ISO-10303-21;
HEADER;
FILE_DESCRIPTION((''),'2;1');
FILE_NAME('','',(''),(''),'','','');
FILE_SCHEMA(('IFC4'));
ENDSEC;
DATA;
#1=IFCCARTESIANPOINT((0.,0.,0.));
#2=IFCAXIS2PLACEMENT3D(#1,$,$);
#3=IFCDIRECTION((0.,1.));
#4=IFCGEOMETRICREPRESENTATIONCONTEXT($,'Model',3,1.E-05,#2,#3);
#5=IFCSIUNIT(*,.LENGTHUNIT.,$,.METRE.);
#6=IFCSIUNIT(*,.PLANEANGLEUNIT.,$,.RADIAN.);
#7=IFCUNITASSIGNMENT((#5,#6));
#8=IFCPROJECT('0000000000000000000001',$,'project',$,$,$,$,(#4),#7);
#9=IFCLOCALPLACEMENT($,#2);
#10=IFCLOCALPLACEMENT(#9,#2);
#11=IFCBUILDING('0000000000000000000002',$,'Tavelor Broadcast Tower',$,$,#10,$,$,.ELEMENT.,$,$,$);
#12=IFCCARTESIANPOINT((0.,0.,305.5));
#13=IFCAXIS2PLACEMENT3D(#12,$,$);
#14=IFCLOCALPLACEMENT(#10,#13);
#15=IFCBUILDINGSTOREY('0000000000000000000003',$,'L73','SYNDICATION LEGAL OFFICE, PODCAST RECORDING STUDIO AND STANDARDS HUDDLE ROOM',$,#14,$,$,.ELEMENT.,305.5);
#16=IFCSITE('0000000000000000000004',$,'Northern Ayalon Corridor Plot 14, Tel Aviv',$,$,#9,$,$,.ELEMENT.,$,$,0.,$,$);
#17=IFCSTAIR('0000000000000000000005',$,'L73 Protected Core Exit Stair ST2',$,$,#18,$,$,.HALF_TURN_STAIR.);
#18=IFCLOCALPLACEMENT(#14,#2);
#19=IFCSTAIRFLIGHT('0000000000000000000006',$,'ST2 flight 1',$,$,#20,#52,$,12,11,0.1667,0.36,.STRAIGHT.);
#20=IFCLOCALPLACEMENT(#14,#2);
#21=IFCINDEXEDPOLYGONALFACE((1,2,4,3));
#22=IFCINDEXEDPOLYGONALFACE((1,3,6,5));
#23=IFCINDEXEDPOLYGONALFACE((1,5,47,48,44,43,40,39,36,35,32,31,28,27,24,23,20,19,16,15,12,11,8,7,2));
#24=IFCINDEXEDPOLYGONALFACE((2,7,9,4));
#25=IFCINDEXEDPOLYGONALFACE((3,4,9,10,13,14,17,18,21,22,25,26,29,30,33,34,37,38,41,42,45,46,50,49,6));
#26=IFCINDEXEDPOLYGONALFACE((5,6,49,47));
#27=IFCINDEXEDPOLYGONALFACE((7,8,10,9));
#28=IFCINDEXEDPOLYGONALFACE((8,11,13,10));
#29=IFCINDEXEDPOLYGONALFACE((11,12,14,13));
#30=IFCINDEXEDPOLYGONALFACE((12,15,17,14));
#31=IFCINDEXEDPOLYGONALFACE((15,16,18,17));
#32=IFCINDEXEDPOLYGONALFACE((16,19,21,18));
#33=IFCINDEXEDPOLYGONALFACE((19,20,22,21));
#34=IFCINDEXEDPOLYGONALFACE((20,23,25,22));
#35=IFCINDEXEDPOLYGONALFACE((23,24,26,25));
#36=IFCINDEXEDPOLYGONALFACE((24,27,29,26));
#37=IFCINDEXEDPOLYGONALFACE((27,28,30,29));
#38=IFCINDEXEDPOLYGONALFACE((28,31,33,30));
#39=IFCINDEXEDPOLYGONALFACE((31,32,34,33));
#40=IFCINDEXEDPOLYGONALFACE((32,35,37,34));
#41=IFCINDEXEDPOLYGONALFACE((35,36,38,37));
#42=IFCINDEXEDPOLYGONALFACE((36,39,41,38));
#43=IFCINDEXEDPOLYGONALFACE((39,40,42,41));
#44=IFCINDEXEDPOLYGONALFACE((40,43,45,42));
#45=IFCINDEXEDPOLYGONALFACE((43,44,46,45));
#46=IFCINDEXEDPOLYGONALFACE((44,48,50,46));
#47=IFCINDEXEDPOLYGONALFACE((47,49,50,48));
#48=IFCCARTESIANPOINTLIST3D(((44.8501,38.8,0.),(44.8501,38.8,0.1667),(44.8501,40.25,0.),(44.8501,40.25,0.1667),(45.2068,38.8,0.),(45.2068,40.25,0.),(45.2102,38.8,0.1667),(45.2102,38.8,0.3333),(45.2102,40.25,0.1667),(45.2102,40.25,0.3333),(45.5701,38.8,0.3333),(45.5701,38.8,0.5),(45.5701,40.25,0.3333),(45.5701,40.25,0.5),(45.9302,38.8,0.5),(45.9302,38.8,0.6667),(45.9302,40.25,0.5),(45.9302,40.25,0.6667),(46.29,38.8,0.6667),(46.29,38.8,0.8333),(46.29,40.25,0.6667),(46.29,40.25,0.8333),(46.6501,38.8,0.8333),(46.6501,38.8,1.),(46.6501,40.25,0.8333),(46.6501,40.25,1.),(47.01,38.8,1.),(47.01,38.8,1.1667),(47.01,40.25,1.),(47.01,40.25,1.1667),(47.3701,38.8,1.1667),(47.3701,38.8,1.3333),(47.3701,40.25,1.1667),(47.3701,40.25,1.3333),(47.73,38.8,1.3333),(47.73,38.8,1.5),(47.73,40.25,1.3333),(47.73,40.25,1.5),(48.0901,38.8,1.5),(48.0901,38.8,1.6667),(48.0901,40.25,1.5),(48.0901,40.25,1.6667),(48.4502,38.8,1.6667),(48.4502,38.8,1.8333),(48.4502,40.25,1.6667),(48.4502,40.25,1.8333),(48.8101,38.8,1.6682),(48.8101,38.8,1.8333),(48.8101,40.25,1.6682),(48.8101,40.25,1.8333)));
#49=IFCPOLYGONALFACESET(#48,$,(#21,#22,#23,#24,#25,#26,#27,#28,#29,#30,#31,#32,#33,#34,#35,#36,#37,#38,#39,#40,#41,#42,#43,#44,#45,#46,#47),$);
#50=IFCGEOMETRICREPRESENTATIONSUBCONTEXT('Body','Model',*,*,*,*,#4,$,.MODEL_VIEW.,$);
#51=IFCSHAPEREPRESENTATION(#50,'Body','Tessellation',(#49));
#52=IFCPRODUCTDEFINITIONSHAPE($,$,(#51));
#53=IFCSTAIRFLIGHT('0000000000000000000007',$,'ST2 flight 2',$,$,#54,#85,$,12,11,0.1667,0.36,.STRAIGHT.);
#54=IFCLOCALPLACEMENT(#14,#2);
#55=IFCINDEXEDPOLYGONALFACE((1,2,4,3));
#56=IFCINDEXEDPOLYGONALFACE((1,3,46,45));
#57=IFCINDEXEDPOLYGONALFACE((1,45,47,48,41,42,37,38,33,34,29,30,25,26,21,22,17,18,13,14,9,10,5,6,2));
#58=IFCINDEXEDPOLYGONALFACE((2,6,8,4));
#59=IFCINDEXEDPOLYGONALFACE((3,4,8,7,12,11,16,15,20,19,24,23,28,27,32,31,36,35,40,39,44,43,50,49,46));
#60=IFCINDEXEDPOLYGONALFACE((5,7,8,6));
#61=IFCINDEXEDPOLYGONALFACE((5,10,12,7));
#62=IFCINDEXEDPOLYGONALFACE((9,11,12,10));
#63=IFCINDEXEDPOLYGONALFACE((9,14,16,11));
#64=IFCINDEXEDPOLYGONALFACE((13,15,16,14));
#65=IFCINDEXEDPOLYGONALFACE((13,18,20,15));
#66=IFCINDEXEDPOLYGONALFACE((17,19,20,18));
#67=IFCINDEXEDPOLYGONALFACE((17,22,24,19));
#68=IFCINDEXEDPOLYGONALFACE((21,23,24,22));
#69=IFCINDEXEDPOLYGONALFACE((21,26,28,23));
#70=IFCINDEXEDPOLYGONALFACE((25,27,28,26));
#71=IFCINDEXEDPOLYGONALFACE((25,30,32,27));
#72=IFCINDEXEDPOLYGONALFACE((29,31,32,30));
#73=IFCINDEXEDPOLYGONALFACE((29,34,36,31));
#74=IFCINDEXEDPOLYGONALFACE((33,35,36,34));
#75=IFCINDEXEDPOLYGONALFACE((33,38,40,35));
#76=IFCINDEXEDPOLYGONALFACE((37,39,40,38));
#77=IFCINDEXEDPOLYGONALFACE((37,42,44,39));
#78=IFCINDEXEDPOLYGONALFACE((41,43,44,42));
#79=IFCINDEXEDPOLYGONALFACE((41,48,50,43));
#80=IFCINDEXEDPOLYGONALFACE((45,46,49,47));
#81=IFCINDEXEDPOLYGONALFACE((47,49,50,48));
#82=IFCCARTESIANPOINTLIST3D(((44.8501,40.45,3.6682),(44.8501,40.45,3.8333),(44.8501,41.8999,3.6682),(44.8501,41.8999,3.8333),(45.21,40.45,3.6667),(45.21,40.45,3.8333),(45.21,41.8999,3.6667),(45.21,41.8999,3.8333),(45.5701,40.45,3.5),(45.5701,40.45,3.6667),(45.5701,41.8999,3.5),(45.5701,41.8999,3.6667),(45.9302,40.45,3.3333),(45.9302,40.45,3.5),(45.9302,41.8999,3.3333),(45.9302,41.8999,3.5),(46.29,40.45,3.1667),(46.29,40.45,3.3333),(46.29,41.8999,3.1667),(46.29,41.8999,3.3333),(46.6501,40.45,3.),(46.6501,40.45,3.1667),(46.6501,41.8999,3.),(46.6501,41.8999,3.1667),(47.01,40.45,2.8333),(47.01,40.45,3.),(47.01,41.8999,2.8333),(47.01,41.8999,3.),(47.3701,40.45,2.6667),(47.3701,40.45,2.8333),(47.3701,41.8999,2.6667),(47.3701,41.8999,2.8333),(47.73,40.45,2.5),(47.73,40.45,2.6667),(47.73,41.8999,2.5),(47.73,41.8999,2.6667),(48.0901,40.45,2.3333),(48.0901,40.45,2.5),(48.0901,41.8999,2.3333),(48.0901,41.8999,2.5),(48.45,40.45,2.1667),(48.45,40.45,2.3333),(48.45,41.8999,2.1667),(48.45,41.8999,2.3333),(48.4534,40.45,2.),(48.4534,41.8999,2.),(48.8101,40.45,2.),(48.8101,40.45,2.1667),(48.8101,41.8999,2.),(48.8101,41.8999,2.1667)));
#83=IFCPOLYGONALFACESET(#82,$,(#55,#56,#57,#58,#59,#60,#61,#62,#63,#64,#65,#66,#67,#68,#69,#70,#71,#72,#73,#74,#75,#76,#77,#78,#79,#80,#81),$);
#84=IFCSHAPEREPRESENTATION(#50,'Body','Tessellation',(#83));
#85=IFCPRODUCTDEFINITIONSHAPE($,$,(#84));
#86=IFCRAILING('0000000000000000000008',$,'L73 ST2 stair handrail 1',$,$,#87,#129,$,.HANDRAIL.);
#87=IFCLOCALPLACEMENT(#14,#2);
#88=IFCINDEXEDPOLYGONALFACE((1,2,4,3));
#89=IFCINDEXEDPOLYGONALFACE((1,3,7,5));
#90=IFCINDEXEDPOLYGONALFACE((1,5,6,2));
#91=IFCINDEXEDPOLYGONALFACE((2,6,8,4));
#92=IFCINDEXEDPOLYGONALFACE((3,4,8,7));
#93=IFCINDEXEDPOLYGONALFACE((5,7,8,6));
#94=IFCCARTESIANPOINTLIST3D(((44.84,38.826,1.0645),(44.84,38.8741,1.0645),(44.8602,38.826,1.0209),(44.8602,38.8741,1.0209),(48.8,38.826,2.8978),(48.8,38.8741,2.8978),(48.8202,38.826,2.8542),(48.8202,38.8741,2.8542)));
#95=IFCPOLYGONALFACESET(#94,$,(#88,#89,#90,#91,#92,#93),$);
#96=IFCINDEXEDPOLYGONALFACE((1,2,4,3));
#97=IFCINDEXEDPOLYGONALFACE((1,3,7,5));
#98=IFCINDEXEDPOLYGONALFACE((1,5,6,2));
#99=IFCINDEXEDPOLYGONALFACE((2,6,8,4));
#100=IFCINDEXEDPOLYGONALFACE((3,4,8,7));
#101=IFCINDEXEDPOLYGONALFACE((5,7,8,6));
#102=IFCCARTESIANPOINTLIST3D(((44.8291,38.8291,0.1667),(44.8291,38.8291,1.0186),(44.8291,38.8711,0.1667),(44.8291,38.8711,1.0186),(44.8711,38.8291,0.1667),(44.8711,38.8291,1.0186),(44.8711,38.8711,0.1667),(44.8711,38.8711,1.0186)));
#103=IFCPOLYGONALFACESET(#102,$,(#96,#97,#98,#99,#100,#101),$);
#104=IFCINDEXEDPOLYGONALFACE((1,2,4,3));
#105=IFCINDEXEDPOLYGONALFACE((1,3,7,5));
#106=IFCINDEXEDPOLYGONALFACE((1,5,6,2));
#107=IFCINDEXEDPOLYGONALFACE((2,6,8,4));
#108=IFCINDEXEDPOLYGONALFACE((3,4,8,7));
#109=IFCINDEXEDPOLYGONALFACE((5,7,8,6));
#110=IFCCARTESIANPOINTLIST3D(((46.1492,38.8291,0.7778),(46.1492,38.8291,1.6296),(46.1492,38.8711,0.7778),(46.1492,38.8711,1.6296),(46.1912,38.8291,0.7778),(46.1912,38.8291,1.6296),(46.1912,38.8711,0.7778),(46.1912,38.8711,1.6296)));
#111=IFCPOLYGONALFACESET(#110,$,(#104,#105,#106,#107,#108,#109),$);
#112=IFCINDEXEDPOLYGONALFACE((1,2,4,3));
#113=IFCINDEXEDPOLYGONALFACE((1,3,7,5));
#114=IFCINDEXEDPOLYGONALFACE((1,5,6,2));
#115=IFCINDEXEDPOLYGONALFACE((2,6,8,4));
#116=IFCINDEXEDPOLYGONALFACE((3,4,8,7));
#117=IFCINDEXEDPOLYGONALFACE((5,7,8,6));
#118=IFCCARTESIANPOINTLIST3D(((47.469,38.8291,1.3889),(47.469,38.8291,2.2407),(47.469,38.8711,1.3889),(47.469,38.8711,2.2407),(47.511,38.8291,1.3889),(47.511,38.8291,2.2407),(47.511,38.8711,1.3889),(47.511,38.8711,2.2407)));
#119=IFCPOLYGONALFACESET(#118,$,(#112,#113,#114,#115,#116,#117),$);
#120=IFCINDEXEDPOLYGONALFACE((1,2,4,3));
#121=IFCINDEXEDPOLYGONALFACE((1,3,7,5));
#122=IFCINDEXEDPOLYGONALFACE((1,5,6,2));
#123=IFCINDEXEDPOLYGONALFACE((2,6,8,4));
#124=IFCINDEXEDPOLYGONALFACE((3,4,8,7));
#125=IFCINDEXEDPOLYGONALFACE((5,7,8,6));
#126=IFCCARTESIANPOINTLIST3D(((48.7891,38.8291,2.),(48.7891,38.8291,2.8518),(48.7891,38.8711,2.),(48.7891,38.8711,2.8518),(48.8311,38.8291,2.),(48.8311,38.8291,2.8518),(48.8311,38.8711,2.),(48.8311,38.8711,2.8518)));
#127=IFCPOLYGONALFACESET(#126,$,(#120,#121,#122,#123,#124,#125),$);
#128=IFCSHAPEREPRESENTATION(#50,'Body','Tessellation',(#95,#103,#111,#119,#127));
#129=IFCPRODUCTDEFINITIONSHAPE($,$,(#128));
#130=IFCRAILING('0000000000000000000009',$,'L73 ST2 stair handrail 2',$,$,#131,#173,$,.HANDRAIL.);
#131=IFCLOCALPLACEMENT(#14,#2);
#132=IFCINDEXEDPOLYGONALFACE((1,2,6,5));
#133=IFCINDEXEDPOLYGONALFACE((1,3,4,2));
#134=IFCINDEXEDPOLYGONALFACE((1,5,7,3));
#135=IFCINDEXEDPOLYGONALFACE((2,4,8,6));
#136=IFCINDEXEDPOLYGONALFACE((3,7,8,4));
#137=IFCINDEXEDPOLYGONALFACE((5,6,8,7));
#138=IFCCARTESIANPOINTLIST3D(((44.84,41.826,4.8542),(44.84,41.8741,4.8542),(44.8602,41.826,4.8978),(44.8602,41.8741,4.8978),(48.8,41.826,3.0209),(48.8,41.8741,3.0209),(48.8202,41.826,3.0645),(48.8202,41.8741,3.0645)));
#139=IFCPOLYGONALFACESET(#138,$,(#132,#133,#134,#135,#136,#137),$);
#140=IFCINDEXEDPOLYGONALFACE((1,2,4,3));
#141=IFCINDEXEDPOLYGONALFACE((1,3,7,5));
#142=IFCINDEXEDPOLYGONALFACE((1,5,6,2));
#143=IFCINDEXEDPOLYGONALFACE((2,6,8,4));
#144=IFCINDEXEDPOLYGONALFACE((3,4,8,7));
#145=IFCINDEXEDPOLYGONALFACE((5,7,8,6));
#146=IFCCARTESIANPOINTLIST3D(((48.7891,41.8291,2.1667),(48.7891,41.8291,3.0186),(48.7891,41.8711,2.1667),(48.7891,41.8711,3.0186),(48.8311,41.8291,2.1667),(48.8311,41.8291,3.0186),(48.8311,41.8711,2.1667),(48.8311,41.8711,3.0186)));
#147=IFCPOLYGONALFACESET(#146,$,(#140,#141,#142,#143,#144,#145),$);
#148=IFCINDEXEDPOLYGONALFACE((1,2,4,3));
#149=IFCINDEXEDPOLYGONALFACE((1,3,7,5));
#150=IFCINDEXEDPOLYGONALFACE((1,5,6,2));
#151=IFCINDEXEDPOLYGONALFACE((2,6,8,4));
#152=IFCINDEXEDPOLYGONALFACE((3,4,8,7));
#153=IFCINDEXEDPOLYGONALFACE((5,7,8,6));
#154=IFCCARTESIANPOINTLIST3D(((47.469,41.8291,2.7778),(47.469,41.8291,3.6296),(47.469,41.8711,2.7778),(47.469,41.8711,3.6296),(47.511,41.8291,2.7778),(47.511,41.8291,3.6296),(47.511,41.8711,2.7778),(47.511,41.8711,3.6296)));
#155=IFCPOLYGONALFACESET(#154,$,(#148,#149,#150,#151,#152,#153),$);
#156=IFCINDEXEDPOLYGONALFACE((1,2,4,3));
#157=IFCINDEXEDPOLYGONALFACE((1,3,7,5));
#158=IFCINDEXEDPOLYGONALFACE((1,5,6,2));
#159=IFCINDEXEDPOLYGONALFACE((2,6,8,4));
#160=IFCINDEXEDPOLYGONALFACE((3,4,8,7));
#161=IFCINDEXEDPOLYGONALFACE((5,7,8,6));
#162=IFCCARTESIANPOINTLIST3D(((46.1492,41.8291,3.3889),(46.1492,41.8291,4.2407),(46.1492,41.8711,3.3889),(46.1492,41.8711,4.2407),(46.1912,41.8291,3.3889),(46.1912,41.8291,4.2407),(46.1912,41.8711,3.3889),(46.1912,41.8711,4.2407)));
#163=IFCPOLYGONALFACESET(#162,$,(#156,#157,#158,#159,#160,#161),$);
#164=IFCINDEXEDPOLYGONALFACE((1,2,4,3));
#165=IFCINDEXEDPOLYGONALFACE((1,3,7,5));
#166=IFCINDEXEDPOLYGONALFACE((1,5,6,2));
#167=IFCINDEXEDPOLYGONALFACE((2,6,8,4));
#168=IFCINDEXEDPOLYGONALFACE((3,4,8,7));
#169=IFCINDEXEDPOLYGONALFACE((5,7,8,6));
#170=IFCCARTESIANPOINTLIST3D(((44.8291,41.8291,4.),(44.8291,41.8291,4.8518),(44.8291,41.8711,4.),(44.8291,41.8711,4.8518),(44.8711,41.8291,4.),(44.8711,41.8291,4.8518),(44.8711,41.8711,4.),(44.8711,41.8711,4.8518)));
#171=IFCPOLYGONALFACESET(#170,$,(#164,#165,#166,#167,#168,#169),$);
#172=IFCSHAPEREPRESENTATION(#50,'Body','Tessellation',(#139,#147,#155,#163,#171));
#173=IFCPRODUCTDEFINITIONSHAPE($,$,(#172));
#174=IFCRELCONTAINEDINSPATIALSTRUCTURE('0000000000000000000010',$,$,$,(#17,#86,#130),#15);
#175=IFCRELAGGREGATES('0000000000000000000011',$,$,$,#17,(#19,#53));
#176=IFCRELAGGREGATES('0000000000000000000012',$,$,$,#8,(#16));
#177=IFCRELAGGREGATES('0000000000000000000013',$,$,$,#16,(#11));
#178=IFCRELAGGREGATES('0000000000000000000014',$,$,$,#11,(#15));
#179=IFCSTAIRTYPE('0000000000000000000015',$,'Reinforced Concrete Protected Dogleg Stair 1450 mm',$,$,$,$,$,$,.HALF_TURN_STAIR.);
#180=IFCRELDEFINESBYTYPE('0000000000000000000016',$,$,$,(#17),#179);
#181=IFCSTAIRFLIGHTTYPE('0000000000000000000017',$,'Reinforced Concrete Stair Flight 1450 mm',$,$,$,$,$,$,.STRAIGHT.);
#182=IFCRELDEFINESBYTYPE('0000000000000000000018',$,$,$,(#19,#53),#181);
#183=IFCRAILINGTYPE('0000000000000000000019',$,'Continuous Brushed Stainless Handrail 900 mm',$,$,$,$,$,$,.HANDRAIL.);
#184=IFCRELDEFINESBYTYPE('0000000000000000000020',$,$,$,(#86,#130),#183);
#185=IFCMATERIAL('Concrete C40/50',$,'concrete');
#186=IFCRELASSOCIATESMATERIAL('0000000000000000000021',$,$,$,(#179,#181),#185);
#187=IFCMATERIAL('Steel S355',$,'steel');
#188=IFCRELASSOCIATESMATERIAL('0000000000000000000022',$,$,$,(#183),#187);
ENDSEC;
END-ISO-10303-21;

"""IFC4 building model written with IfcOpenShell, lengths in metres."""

from ifc_helpers import new_model, si_unit, direction, frame, origin, origin_2d, place, context, subcontext, project, spatial, polyline, rectangle, outline, extrude, material, type_object, element, aggregate, save


model = new_model("IFC4")

# Units and contexts
model_context = context("Model", 3, precision=1e-05, world=origin(), true_north=direction((0.0, 1.0)))
body_context = subcontext(model_context, "Body", "Model", "MODEL_VIEW")
ifc_project = project(units=[si_unit("LENGTHUNIT", "METRE"), si_unit("PLANEANGLEUNIT", "RADIAN")], contexts=[model_context])

# Site, building, storey
site_placement = place(None, origin())
site = spatial("IfcSite", under=ifc_project, at=site_placement, Name="Northern Ayalon Corridor Plot 14, Tel Aviv", CompositionType="ELEMENT", RefElevation=0.0)
building_placement = place(site_placement, origin())
building = spatial("IfcBuilding", under=site, at=building_placement, Name="Tavelor Broadcast Tower", CompositionType="ELEMENT")
storey_placement = place(building_placement, frame((0.0, 0.0, 305.5)))
storey = spatial("IfcBuildingStorey", under=building, at=storey_placement, Name="L73", Description="SYNDICATION LEGAL OFFICE, PODCAST RECORDING STUDIO AND STANDARDS HUDDLE ROOM", CompositionType="ELEMENT", Elevation=305.5)

# Shared definitions
ifc_material_1 = material(Name="Concrete C40/50", Category="concrete")
ifc_material_2 = material(Name="Steel S355", Category="steel")

# Stair, stair flights
stair_type = type_object("IfcStairType", Name="Reinforced Concrete Protected Dogleg Stair 1450 mm", PredefinedType="HALF_TURN_STAIR", material=ifc_material_1)
stair_placement = place(storey_placement, origin())
stair = element("IfcStair", 1, at=stair_placement, inside=storey, type_object=stair_type, Name="L73 Protected Core Exit Stair ST2", PredefinedType="HALF_TURN_STAIR")
stair_flight_type = type_object("IfcStairFlightType", Name="Reinforced Concrete Stair Flight 1450 mm", PredefinedType="STRAIGHT", material=ifc_material_1)
stair_flight_1_placement = place(storey_placement, frame((44.8501, 39.5249, 0.0), z_axis=(0.0, 0.0, 1.0), x_axis=(1.0, 0.0, 0.0)))
stair_flight_1 = element("IfcStairFlight", 2, at=stair_flight_1_placement, type_object=stair_flight_type, Name="ST2 flight 1", NumberOfRisers=12, NumberOfTreads=11, PredefinedType="STRAIGHT", RiserHeight=0.1667, TreadLength=0.36, context=body_context, shape_type="SweptSolid", body=[
    extrude(outline(polyline([(0.0, 0.0), (0.0, 0.1667), (0.3601, 0.1667), (0.3601, 0.3333), (0.72, 0.3333), (0.72, 0.5), (1.0801, 0.5), (1.0801, 0.6667), (1.4399, 0.6667), (1.4399, 0.8333), (1.8, 0.8333), (1.8, 1.0), (2.1599, 1.0), (2.1599, 1.1667), (2.52, 1.1667), (2.52, 1.3333), (2.8799, 1.3333), (2.8799, 1.5), (3.24, 1.5), (3.24, 1.6667), (3.6001, 1.6667), (3.6001, 1.8333), (3.96, 1.8333), (3.96, 2.0), (3.96, 1.6682), (0.3567, 0.0), (0.0, 0.0)])), frame((0.0, 0.7251, 0.0), z_axis=(0.0, -1.0, 0.0), x_axis=(1.0, 0.0, 0.0)), (0.0, 0.0, 1.0), 1.45),
])
stair_flight_2_placement = place(storey_placement, frame((48.8101, 41.175, 2.0), z_axis=(0.0, 0.0, 1.0), x_axis=(-1.0, 0.0, 0.0)))
stair_flight_2 = element("IfcStairFlight", 3, at=stair_flight_2_placement, type_object=stair_flight_type, Name="ST2 flight 2", NumberOfRisers=12, NumberOfTreads=11, PredefinedType="STRAIGHT", RiserHeight=0.1667, TreadLength=0.36, context=body_context, shape_type="SweptSolid", body=[
    extrude(outline(polyline([(0.0, 0.0), (0.0, 0.1667), (0.3601, 0.1667), (0.3601, 0.3333), (0.72, 0.3333), (0.72, 0.5), (1.0801, 0.5), (1.0801, 0.6667), (1.4399, 0.6667), (1.4399, 0.8333), (1.8, 0.8333), (1.8, 1.0), (2.1599, 1.0), (2.1599, 1.1667), (2.52, 1.1667), (2.52, 1.3333), (2.8799, 1.3333), (2.8799, 1.5), (3.24, 1.5), (3.24, 1.6667), (3.6001, 1.6667), (3.6001, 1.8333), (3.96, 1.8333), (3.96, 2.0), (3.96, 1.6682), (0.3567, 0.0), (0.0, 0.0)])), frame((0.0, 0.7251, 0.0), z_axis=(0.0, -1.0, 0.0), x_axis=(1.0, 0.0, 0.0)), (0.0, 0.0, 1.0), 1.45),
])
aggregate(stair, [stair_flight_1, stair_flight_2])

# Railings
railing_type_1 = type_object("IfcRailingType", Name="Continuous Brushed Stainless Handrail 900 mm", PredefinedType="HANDRAIL", material=ifc_material_2)
railing_1_placement = place(storey_placement, frame((44.8501, 38.8501, 0.1667)))
element("IfcRailing", 4, at=railing_1_placement, inside=storey, type_object=railing_type_1, Name="L73 ST2 stair handrail 1", PredefinedType="HANDRAIL", context=body_context, shape_type="SweptSolid", body=[
    extrude(rectangle(XDim=0.0481, YDim=0.0481, at=origin_2d()), frame((0.0, 0.0, 0.876), z_axis=(0.907472, 0.0, 0.420112), x_axis=(0.0, 1.0, 0.0)), (0.0, 0.0, 1.0), 4.3638),
    extrude(rectangle(XDim=0.042, YDim=0.042, at=origin_2d()), origin(), (0.0, 0.0, 1.0), 0.8518),
    extrude(rectangle(XDim=0.042, YDim=0.042, at=origin_2d()), frame((1.3201, 0.0, 0.6111)), (0.0, 0.0, 1.0), 0.8518),
    extrude(rectangle(XDim=0.042, YDim=0.042, at=origin_2d()), frame((2.6399, 0.0, 1.2222)), (0.0, 0.0, 1.0), 0.8518),
    extrude(rectangle(XDim=0.042, YDim=0.042, at=origin_2d()), frame((3.96, 0.0, 1.8333)), (0.0, 0.0, 1.0), 0.8518),
])
railing_2_placement = place(storey_placement, frame((48.8101, 41.8501, 2.1667)))
element("IfcRailing", 5, at=railing_2_placement, inside=storey, type_object=railing_type_1, Name="L73 ST2 stair handrail 2", PredefinedType="HANDRAIL", context=body_context, shape_type="SweptSolid", body=[
    extrude(rectangle(XDim=0.0481, YDim=0.0481, at=origin_2d()), frame((0.0, 0.0, 0.876), z_axis=(-0.907472, 0.0, 0.420112), x_axis=(0.0, -1.0, 0.0)), (0.0, 0.0, 1.0), 4.3638),
    extrude(rectangle(XDim=0.042, YDim=0.042, at=origin_2d()), origin(), (0.0, 0.0, 1.0), 0.8518),
    extrude(rectangle(XDim=0.042, YDim=0.042, at=origin_2d()), frame((-1.3201, 0.0, 0.6111)), (0.0, 0.0, 1.0), 0.8518),
    extrude(rectangle(XDim=0.042, YDim=0.042, at=origin_2d()), frame((-2.6399, 0.0, 1.2222)), (0.0, 0.0, 1.0), 0.8518),
    extrude(rectangle(XDim=0.042, YDim=0.042, at=origin_2d()), frame((-3.96, 0.0, 1.8333)), (0.0, 0.0, 1.0), 0.8518),
])

save(model, "model.ifc")
